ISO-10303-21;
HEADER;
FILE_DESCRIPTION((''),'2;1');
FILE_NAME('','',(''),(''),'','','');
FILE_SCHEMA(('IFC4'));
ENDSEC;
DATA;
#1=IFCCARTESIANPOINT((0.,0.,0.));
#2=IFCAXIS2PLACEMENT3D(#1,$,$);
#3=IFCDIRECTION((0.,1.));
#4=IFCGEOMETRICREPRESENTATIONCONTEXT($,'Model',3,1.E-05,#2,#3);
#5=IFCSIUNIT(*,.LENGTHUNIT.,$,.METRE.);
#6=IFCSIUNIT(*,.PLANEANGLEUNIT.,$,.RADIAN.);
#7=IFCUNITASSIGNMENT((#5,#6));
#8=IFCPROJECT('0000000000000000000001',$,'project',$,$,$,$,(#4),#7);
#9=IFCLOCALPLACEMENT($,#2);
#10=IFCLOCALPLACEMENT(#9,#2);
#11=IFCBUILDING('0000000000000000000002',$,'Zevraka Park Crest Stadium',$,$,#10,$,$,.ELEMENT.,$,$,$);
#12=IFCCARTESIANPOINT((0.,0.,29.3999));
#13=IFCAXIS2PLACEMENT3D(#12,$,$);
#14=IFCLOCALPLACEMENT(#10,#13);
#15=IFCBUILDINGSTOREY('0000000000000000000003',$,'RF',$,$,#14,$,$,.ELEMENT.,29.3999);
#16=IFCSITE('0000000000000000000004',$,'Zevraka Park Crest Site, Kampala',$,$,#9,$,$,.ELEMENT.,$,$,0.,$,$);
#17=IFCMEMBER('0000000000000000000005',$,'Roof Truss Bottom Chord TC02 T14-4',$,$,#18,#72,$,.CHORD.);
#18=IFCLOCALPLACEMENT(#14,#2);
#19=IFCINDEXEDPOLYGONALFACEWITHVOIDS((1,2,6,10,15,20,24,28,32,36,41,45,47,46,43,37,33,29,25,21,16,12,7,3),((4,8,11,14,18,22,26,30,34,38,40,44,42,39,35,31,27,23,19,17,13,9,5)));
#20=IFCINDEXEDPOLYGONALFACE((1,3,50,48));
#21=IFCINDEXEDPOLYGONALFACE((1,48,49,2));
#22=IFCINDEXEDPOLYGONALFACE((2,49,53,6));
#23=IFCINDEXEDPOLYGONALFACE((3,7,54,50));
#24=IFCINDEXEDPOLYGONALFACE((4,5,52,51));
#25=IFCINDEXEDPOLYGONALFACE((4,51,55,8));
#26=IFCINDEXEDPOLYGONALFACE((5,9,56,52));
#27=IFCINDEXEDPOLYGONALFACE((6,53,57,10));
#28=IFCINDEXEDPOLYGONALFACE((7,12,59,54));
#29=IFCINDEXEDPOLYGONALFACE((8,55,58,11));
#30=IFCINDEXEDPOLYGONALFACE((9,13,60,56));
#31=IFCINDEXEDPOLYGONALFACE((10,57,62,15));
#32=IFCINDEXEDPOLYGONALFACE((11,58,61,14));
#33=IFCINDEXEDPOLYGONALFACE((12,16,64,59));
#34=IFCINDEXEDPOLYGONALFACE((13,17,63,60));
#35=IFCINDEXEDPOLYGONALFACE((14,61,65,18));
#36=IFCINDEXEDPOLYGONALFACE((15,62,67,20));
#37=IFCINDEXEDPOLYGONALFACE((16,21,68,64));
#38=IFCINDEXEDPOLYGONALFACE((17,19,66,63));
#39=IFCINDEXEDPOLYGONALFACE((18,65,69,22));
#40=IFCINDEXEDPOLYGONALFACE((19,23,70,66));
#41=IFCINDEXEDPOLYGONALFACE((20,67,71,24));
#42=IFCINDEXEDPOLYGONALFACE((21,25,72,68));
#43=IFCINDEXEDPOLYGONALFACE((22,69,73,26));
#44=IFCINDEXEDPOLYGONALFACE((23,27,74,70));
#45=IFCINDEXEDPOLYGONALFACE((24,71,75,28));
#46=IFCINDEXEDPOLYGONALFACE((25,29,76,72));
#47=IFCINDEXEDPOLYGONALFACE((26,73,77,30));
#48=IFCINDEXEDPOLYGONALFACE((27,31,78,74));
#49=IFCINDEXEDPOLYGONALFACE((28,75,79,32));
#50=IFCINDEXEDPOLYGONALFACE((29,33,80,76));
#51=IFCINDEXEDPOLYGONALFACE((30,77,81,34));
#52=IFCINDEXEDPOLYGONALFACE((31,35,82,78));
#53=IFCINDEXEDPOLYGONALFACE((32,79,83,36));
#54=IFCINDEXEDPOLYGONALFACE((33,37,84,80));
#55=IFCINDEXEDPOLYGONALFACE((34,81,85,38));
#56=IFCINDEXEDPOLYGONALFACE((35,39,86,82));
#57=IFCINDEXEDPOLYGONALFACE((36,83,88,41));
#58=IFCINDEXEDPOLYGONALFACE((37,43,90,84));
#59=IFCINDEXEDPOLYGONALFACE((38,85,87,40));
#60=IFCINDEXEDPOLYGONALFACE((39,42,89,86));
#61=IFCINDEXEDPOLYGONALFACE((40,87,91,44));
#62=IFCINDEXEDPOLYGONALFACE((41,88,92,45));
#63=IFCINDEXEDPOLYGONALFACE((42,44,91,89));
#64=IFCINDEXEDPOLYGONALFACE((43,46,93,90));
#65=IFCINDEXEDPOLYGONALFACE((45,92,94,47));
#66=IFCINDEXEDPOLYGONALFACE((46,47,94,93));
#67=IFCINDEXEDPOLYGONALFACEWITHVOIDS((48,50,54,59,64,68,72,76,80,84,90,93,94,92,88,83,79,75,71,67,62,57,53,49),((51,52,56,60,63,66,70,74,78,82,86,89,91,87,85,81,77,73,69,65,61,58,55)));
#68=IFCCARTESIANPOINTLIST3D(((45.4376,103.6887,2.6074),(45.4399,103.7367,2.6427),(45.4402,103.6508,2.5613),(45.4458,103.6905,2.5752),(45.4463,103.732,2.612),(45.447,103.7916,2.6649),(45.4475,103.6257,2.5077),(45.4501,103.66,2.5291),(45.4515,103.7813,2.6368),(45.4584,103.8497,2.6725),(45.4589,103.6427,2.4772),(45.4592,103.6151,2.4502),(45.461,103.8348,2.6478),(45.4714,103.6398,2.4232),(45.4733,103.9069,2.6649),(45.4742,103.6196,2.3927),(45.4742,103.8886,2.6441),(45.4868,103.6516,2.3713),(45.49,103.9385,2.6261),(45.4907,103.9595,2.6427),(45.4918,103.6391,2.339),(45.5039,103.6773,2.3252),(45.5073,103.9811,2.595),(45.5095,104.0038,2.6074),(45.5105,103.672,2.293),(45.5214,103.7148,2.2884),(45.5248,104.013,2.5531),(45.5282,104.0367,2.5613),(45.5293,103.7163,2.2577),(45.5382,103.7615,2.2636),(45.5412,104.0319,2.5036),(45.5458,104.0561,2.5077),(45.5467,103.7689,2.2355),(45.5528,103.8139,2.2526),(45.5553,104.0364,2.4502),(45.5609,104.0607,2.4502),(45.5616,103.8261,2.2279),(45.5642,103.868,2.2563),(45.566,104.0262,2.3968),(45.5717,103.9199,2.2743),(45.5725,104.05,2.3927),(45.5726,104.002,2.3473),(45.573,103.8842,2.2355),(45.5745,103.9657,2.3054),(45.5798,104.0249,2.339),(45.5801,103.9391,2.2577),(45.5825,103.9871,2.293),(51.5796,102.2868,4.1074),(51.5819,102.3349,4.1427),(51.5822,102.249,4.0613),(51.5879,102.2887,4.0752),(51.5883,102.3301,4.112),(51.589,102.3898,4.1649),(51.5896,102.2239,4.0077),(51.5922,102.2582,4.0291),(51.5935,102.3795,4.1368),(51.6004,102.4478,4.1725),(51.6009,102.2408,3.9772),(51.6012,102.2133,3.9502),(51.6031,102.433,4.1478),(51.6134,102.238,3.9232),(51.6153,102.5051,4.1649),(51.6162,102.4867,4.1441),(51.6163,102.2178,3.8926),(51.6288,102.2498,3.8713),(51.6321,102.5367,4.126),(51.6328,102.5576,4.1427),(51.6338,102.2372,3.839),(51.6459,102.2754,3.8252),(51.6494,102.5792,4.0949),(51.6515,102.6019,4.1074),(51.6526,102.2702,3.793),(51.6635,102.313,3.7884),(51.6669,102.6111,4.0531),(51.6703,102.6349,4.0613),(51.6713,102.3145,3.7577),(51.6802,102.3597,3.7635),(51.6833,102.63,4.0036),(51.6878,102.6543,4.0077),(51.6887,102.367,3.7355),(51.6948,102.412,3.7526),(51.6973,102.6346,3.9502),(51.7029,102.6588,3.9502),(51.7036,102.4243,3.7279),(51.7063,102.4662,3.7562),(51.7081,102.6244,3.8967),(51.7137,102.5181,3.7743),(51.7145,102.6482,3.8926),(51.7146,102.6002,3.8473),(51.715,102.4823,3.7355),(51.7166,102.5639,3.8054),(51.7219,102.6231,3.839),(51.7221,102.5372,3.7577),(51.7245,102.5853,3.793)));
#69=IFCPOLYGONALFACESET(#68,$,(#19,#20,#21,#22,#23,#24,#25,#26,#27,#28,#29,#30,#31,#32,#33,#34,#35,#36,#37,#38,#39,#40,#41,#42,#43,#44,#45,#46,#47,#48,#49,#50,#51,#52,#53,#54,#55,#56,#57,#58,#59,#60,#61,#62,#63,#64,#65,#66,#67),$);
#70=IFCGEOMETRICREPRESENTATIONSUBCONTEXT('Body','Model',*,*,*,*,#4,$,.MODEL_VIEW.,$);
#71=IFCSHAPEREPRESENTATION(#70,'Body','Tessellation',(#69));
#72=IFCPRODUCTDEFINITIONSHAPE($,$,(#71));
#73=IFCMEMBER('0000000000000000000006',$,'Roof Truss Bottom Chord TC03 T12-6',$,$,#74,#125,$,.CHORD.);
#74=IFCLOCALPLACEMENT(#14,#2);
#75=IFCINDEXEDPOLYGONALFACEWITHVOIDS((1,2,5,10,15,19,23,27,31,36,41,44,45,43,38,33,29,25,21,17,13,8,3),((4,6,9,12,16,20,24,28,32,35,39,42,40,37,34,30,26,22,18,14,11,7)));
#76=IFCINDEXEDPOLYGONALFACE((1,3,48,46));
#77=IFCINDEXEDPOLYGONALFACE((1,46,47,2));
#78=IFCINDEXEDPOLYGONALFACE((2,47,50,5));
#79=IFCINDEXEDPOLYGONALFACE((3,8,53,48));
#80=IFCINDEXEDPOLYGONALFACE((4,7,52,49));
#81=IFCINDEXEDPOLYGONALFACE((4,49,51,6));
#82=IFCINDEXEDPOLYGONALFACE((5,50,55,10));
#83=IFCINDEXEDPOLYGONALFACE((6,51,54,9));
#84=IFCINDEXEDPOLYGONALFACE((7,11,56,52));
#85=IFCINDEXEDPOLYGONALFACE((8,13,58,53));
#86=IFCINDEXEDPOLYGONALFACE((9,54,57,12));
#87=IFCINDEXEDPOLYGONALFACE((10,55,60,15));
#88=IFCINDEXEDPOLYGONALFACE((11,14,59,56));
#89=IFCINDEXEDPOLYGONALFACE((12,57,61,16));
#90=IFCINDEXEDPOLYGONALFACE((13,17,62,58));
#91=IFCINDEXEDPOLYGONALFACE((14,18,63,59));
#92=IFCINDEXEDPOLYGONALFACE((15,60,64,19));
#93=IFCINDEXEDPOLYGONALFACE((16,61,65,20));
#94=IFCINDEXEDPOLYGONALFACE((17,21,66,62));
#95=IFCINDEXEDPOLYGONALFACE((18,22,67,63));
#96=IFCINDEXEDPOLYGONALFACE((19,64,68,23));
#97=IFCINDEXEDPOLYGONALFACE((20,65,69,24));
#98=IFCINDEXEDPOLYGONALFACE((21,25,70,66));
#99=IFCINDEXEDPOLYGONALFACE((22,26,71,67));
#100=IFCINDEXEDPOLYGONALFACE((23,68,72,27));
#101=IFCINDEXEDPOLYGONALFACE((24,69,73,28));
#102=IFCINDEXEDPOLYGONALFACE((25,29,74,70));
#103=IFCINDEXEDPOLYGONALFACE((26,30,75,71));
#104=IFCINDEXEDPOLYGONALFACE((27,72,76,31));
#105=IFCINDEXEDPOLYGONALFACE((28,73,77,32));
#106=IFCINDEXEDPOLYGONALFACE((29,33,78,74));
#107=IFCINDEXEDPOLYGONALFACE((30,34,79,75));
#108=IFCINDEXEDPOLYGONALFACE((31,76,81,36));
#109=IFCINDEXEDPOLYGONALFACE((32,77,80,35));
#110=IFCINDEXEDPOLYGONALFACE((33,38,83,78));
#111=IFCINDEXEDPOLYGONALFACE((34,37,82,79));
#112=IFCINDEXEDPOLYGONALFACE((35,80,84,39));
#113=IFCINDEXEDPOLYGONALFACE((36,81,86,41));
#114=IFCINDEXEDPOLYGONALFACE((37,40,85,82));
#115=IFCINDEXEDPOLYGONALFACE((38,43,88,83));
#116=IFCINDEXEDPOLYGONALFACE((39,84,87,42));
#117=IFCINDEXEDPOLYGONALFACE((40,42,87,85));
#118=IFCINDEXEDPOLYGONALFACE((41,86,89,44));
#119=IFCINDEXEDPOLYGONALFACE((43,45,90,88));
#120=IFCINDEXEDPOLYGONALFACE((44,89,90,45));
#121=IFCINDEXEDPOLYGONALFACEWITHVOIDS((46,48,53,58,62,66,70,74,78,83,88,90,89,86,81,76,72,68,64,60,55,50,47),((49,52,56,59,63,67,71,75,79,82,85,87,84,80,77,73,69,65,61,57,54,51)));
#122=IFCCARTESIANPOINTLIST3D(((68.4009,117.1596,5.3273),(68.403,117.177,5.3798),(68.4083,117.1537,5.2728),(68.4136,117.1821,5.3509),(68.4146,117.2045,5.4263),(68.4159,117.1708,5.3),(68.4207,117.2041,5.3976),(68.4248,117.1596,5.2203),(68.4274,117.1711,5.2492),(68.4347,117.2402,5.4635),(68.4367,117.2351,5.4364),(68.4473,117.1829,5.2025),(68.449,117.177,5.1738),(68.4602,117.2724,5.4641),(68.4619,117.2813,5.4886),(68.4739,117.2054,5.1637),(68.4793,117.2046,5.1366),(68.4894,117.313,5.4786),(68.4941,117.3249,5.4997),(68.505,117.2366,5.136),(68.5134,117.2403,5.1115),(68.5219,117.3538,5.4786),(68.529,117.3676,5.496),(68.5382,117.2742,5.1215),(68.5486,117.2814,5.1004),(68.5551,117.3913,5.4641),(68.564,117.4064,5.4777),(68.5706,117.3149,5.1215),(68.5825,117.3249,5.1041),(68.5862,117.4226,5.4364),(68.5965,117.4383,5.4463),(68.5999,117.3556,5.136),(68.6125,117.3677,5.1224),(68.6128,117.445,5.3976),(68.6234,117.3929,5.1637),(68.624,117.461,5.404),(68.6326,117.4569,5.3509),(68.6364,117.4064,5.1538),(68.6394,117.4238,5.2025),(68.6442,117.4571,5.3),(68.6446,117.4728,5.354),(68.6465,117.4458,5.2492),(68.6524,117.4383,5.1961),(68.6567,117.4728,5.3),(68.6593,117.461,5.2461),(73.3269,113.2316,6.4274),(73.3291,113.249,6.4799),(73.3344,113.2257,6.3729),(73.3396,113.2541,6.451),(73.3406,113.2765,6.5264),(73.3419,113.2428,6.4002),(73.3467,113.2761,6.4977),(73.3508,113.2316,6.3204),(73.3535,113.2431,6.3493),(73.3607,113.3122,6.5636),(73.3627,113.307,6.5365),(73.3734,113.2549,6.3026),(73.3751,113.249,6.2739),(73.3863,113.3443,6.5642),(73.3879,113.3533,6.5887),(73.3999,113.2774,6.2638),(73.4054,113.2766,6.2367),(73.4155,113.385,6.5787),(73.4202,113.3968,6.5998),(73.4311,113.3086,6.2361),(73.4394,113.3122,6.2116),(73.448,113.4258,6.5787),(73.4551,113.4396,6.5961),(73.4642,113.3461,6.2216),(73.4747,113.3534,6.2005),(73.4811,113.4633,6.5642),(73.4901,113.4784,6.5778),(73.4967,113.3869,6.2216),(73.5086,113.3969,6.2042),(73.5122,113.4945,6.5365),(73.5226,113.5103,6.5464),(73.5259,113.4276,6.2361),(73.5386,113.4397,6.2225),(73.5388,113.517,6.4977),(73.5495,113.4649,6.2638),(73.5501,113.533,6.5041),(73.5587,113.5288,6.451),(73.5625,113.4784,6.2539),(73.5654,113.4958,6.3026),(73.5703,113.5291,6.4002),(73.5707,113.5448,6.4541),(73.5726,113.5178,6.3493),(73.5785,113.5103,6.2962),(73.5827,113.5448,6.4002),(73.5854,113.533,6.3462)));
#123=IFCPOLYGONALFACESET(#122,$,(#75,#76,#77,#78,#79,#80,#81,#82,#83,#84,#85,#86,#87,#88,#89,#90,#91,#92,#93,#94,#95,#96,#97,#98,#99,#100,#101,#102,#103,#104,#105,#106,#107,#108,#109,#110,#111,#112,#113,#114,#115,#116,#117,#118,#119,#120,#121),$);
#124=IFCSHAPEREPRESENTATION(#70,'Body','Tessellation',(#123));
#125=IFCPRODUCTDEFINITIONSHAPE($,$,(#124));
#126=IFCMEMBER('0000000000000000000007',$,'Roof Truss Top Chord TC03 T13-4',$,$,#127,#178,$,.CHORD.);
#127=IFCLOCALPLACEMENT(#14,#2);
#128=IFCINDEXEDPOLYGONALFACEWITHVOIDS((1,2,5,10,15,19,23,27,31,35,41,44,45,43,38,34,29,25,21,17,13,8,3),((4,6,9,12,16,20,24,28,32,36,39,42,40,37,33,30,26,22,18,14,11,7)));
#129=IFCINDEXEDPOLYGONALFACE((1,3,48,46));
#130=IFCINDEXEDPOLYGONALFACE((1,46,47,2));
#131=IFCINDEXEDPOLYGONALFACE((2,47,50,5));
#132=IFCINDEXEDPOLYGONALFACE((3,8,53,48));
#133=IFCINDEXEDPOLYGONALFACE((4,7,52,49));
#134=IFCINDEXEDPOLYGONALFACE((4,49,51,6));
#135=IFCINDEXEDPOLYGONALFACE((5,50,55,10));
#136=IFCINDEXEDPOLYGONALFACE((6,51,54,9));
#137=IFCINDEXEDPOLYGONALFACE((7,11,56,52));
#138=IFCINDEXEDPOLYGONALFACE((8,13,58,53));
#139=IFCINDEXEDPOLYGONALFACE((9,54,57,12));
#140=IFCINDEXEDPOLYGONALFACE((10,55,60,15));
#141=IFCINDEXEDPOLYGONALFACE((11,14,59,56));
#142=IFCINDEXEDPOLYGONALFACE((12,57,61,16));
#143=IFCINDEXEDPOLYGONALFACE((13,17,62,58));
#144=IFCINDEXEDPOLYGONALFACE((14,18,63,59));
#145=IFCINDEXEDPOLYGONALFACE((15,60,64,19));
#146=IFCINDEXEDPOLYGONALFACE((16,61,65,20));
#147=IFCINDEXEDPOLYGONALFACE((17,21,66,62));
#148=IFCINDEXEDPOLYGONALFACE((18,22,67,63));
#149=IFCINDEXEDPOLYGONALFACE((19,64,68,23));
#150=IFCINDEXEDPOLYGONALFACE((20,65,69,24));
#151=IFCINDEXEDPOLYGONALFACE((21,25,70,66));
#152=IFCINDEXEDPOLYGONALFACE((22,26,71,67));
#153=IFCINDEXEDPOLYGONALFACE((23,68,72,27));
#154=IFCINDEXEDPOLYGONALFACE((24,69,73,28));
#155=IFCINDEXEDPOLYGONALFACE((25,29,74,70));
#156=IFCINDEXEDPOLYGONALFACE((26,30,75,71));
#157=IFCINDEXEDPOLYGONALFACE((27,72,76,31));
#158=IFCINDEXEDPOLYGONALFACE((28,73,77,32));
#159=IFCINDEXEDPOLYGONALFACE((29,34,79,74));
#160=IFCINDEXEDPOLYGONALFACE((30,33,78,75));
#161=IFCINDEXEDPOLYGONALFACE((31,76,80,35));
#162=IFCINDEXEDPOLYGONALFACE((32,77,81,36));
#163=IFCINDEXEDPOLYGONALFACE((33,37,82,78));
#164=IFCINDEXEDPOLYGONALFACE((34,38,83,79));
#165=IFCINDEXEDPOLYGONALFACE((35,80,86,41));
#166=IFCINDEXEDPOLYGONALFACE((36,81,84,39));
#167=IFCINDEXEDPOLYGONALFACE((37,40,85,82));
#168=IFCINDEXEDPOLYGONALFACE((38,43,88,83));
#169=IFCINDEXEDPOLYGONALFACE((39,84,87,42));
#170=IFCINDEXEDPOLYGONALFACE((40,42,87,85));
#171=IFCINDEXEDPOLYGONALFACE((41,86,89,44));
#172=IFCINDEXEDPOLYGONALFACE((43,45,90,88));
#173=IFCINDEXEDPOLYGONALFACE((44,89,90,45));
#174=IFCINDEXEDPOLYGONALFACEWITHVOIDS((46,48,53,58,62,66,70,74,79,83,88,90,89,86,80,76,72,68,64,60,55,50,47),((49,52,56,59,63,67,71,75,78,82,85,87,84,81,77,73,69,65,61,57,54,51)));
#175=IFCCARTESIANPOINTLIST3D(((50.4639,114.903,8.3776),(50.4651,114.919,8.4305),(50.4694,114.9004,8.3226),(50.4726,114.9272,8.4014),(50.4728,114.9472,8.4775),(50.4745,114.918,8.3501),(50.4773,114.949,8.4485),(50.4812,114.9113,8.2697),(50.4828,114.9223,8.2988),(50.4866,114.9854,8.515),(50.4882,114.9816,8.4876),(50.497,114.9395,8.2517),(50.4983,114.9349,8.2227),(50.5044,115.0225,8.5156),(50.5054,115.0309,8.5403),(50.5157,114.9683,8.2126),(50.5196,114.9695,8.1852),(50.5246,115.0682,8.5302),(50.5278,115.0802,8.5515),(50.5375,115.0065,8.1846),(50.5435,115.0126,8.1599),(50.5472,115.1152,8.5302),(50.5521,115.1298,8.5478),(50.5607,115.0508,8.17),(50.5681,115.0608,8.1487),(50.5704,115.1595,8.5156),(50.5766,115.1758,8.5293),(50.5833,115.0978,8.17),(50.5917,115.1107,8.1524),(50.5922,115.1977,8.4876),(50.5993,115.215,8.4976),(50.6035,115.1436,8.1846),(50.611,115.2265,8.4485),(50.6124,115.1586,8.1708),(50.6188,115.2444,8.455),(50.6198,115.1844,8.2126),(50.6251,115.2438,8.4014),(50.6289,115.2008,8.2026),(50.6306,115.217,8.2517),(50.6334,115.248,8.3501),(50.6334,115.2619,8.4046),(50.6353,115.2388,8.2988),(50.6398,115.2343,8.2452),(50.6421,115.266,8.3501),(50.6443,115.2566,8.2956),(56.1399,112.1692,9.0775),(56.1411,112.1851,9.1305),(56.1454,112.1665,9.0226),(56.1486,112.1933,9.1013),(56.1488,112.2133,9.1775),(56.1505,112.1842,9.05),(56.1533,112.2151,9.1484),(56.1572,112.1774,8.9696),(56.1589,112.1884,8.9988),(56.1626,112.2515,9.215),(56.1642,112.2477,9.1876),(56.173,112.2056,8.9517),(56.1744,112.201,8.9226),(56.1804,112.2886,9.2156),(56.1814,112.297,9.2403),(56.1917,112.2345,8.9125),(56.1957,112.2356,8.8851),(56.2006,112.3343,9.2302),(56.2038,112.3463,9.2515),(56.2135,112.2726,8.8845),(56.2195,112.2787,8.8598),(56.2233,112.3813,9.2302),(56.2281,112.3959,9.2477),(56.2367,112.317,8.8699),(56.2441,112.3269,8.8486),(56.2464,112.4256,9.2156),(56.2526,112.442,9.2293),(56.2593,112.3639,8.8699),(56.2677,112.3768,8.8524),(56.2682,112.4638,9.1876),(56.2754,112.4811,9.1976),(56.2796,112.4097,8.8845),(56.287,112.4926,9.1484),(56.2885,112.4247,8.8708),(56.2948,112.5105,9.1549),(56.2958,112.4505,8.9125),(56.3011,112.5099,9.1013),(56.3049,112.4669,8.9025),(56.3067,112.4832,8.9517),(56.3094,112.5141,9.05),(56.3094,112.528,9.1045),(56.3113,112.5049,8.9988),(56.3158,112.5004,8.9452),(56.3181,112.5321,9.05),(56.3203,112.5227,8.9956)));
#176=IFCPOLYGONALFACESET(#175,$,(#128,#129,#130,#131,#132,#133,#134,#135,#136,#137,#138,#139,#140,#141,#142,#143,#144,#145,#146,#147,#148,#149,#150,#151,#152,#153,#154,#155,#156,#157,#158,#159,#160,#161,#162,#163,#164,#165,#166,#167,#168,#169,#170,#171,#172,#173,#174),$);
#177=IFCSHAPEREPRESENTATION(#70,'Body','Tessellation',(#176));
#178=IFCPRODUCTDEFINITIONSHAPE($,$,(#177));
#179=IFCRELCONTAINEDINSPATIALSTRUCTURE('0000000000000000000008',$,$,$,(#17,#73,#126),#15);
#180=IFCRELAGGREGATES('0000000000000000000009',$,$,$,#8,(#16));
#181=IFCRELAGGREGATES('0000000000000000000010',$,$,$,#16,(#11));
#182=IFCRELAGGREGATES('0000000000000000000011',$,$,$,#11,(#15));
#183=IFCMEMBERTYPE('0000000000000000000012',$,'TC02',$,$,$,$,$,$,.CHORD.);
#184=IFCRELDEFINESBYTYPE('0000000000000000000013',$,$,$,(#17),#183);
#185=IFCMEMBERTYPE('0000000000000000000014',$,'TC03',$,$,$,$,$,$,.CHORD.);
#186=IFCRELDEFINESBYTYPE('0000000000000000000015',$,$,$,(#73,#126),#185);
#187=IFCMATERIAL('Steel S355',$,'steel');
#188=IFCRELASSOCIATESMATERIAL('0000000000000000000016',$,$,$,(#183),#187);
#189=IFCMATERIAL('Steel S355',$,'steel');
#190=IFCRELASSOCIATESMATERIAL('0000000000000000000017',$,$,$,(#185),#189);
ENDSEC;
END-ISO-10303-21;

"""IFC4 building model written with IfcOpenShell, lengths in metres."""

from ifc_helpers import new_model, si_unit, direction, frame, origin, origin_2d, place, context, subcontext, project, spatial, hollow_circle, extrude, material, material_profile, profile_set, type_object, element, save


model = new_model("IFC4")

# Units and contexts
model_context = context("Model", 3, precision=1e-05, world=origin(), true_north=direction((0.0, 1.0)))
body_context = subcontext(model_context, "Body", "Model", "MODEL_VIEW")
ifc_project = project(units=[si_unit("LENGTHUNIT", "METRE"), si_unit("PLANEANGLEUNIT", "RADIAN")], contexts=[model_context])

# Site, building, storey
site_placement = place(None, origin())
site = spatial("IfcSite", under=ifc_project, at=site_placement, Name="Zevraka Park Crest Site, Kampala", CompositionType="ELEMENT", RefElevation=0.0)
building_placement = place(site_placement, origin())
building = spatial("IfcBuilding", under=site, at=building_placement, Name="Zevraka Park Crest Stadium", CompositionType="ELEMENT")
storey_placement = place(building_placement, frame((0.0, 0.0, 29.3999)))
storey = spatial("IfcBuildingStorey", under=building, at=storey_placement, Name="RF", CompositionType="ELEMENT", Elevation=29.3999)

# Members
ifc_material_1 = material(Name="Steel S355", Category="steel")
ifc_material_profile_1 = material_profile(ifc_material_1, hollow_circle(Radius=0.2285, WallThickness=0.0249, at=origin_2d()), Name="CHS 457.0x25")
ifc_profile_set_1 = profile_set([ifc_material_profile_1], Name="Steel S355")
member_type_1 = type_object("IfcMemberType", Name="TC02", PredefinedType="CHORD", material=ifc_profile_set_1)
member_1_placement = place(storey_placement, frame((45.51, 103.8379, 2.4502), z_axis=(0.948417, -0.216464, 0.231619), x_axis=(0.222515, 0.974929, 0.0)))
element("IfcMember", 1, at=member_1_placement, inside=storey, type_object=member_type_1, Name="Roof Truss Bottom Chord TC02 T14-4", PredefinedType="CHORD", context=body_context, shape_type="SweptSolid", body=[
    extrude(hollow_circle(Radius=0.2285, WallThickness=0.0249, at=origin_2d()), origin(), (0.0, 0.0, 1.0), 6.4761),
])
ifc_material_2 = material(Name="Steel S355", Category="steel")
ifc_material_profile_2 = material_profile(ifc_material_2, hollow_circle(Radius=0.2031, WallThickness=0.02, at=origin_2d()), Name="CHS 406.4x20")
ifc_profile_set_2 = profile_set([ifc_material_profile_2], Name="Steel S355")
member_type_2 = type_object("IfcMemberType", Name="TC03", PredefinedType="CHORD", material=ifc_profile_set_2)
member_2_placement = place(storey_placement, frame((68.53, 117.314, 5.3), z_axis=(0.770209, -0.614159, 0.172006), x_axis=(0.623451, 0.781862, 0.0)))
element("IfcMember", 2, at=member_2_placement, inside=storey, type_object=member_type_2, Name="Roof Truss Bottom Chord TC03 T12-6", PredefinedType="CHORD", context=body_context, shape_type="SweptSolid", body=[
    extrude(hollow_circle(Radius=0.2031, WallThickness=0.02, at=origin_2d()), origin(), (0.0, 0.0, 1.0), 6.3958),
])
member_3_placement = place(storey_placement, frame((50.554, 115.083, 8.3501), z_axis=(0.895431, -0.431289, 0.110422), x_axis=(0.433943, 0.900941, 0.0)))
element("IfcMember", 3, at=member_3_placement, inside=storey, type_object=member_type_2, Name="Roof Truss Top Chord TC03 T13-4", PredefinedType="CHORD", context=body_context, shape_type="SweptSolid", body=[
    extrude(hollow_circle(Radius=0.2031, WallThickness=0.02, at=origin_2d()), origin(), (0.0, 0.0, 1.0), 6.3389),
])

save(model, "model.ifc")
